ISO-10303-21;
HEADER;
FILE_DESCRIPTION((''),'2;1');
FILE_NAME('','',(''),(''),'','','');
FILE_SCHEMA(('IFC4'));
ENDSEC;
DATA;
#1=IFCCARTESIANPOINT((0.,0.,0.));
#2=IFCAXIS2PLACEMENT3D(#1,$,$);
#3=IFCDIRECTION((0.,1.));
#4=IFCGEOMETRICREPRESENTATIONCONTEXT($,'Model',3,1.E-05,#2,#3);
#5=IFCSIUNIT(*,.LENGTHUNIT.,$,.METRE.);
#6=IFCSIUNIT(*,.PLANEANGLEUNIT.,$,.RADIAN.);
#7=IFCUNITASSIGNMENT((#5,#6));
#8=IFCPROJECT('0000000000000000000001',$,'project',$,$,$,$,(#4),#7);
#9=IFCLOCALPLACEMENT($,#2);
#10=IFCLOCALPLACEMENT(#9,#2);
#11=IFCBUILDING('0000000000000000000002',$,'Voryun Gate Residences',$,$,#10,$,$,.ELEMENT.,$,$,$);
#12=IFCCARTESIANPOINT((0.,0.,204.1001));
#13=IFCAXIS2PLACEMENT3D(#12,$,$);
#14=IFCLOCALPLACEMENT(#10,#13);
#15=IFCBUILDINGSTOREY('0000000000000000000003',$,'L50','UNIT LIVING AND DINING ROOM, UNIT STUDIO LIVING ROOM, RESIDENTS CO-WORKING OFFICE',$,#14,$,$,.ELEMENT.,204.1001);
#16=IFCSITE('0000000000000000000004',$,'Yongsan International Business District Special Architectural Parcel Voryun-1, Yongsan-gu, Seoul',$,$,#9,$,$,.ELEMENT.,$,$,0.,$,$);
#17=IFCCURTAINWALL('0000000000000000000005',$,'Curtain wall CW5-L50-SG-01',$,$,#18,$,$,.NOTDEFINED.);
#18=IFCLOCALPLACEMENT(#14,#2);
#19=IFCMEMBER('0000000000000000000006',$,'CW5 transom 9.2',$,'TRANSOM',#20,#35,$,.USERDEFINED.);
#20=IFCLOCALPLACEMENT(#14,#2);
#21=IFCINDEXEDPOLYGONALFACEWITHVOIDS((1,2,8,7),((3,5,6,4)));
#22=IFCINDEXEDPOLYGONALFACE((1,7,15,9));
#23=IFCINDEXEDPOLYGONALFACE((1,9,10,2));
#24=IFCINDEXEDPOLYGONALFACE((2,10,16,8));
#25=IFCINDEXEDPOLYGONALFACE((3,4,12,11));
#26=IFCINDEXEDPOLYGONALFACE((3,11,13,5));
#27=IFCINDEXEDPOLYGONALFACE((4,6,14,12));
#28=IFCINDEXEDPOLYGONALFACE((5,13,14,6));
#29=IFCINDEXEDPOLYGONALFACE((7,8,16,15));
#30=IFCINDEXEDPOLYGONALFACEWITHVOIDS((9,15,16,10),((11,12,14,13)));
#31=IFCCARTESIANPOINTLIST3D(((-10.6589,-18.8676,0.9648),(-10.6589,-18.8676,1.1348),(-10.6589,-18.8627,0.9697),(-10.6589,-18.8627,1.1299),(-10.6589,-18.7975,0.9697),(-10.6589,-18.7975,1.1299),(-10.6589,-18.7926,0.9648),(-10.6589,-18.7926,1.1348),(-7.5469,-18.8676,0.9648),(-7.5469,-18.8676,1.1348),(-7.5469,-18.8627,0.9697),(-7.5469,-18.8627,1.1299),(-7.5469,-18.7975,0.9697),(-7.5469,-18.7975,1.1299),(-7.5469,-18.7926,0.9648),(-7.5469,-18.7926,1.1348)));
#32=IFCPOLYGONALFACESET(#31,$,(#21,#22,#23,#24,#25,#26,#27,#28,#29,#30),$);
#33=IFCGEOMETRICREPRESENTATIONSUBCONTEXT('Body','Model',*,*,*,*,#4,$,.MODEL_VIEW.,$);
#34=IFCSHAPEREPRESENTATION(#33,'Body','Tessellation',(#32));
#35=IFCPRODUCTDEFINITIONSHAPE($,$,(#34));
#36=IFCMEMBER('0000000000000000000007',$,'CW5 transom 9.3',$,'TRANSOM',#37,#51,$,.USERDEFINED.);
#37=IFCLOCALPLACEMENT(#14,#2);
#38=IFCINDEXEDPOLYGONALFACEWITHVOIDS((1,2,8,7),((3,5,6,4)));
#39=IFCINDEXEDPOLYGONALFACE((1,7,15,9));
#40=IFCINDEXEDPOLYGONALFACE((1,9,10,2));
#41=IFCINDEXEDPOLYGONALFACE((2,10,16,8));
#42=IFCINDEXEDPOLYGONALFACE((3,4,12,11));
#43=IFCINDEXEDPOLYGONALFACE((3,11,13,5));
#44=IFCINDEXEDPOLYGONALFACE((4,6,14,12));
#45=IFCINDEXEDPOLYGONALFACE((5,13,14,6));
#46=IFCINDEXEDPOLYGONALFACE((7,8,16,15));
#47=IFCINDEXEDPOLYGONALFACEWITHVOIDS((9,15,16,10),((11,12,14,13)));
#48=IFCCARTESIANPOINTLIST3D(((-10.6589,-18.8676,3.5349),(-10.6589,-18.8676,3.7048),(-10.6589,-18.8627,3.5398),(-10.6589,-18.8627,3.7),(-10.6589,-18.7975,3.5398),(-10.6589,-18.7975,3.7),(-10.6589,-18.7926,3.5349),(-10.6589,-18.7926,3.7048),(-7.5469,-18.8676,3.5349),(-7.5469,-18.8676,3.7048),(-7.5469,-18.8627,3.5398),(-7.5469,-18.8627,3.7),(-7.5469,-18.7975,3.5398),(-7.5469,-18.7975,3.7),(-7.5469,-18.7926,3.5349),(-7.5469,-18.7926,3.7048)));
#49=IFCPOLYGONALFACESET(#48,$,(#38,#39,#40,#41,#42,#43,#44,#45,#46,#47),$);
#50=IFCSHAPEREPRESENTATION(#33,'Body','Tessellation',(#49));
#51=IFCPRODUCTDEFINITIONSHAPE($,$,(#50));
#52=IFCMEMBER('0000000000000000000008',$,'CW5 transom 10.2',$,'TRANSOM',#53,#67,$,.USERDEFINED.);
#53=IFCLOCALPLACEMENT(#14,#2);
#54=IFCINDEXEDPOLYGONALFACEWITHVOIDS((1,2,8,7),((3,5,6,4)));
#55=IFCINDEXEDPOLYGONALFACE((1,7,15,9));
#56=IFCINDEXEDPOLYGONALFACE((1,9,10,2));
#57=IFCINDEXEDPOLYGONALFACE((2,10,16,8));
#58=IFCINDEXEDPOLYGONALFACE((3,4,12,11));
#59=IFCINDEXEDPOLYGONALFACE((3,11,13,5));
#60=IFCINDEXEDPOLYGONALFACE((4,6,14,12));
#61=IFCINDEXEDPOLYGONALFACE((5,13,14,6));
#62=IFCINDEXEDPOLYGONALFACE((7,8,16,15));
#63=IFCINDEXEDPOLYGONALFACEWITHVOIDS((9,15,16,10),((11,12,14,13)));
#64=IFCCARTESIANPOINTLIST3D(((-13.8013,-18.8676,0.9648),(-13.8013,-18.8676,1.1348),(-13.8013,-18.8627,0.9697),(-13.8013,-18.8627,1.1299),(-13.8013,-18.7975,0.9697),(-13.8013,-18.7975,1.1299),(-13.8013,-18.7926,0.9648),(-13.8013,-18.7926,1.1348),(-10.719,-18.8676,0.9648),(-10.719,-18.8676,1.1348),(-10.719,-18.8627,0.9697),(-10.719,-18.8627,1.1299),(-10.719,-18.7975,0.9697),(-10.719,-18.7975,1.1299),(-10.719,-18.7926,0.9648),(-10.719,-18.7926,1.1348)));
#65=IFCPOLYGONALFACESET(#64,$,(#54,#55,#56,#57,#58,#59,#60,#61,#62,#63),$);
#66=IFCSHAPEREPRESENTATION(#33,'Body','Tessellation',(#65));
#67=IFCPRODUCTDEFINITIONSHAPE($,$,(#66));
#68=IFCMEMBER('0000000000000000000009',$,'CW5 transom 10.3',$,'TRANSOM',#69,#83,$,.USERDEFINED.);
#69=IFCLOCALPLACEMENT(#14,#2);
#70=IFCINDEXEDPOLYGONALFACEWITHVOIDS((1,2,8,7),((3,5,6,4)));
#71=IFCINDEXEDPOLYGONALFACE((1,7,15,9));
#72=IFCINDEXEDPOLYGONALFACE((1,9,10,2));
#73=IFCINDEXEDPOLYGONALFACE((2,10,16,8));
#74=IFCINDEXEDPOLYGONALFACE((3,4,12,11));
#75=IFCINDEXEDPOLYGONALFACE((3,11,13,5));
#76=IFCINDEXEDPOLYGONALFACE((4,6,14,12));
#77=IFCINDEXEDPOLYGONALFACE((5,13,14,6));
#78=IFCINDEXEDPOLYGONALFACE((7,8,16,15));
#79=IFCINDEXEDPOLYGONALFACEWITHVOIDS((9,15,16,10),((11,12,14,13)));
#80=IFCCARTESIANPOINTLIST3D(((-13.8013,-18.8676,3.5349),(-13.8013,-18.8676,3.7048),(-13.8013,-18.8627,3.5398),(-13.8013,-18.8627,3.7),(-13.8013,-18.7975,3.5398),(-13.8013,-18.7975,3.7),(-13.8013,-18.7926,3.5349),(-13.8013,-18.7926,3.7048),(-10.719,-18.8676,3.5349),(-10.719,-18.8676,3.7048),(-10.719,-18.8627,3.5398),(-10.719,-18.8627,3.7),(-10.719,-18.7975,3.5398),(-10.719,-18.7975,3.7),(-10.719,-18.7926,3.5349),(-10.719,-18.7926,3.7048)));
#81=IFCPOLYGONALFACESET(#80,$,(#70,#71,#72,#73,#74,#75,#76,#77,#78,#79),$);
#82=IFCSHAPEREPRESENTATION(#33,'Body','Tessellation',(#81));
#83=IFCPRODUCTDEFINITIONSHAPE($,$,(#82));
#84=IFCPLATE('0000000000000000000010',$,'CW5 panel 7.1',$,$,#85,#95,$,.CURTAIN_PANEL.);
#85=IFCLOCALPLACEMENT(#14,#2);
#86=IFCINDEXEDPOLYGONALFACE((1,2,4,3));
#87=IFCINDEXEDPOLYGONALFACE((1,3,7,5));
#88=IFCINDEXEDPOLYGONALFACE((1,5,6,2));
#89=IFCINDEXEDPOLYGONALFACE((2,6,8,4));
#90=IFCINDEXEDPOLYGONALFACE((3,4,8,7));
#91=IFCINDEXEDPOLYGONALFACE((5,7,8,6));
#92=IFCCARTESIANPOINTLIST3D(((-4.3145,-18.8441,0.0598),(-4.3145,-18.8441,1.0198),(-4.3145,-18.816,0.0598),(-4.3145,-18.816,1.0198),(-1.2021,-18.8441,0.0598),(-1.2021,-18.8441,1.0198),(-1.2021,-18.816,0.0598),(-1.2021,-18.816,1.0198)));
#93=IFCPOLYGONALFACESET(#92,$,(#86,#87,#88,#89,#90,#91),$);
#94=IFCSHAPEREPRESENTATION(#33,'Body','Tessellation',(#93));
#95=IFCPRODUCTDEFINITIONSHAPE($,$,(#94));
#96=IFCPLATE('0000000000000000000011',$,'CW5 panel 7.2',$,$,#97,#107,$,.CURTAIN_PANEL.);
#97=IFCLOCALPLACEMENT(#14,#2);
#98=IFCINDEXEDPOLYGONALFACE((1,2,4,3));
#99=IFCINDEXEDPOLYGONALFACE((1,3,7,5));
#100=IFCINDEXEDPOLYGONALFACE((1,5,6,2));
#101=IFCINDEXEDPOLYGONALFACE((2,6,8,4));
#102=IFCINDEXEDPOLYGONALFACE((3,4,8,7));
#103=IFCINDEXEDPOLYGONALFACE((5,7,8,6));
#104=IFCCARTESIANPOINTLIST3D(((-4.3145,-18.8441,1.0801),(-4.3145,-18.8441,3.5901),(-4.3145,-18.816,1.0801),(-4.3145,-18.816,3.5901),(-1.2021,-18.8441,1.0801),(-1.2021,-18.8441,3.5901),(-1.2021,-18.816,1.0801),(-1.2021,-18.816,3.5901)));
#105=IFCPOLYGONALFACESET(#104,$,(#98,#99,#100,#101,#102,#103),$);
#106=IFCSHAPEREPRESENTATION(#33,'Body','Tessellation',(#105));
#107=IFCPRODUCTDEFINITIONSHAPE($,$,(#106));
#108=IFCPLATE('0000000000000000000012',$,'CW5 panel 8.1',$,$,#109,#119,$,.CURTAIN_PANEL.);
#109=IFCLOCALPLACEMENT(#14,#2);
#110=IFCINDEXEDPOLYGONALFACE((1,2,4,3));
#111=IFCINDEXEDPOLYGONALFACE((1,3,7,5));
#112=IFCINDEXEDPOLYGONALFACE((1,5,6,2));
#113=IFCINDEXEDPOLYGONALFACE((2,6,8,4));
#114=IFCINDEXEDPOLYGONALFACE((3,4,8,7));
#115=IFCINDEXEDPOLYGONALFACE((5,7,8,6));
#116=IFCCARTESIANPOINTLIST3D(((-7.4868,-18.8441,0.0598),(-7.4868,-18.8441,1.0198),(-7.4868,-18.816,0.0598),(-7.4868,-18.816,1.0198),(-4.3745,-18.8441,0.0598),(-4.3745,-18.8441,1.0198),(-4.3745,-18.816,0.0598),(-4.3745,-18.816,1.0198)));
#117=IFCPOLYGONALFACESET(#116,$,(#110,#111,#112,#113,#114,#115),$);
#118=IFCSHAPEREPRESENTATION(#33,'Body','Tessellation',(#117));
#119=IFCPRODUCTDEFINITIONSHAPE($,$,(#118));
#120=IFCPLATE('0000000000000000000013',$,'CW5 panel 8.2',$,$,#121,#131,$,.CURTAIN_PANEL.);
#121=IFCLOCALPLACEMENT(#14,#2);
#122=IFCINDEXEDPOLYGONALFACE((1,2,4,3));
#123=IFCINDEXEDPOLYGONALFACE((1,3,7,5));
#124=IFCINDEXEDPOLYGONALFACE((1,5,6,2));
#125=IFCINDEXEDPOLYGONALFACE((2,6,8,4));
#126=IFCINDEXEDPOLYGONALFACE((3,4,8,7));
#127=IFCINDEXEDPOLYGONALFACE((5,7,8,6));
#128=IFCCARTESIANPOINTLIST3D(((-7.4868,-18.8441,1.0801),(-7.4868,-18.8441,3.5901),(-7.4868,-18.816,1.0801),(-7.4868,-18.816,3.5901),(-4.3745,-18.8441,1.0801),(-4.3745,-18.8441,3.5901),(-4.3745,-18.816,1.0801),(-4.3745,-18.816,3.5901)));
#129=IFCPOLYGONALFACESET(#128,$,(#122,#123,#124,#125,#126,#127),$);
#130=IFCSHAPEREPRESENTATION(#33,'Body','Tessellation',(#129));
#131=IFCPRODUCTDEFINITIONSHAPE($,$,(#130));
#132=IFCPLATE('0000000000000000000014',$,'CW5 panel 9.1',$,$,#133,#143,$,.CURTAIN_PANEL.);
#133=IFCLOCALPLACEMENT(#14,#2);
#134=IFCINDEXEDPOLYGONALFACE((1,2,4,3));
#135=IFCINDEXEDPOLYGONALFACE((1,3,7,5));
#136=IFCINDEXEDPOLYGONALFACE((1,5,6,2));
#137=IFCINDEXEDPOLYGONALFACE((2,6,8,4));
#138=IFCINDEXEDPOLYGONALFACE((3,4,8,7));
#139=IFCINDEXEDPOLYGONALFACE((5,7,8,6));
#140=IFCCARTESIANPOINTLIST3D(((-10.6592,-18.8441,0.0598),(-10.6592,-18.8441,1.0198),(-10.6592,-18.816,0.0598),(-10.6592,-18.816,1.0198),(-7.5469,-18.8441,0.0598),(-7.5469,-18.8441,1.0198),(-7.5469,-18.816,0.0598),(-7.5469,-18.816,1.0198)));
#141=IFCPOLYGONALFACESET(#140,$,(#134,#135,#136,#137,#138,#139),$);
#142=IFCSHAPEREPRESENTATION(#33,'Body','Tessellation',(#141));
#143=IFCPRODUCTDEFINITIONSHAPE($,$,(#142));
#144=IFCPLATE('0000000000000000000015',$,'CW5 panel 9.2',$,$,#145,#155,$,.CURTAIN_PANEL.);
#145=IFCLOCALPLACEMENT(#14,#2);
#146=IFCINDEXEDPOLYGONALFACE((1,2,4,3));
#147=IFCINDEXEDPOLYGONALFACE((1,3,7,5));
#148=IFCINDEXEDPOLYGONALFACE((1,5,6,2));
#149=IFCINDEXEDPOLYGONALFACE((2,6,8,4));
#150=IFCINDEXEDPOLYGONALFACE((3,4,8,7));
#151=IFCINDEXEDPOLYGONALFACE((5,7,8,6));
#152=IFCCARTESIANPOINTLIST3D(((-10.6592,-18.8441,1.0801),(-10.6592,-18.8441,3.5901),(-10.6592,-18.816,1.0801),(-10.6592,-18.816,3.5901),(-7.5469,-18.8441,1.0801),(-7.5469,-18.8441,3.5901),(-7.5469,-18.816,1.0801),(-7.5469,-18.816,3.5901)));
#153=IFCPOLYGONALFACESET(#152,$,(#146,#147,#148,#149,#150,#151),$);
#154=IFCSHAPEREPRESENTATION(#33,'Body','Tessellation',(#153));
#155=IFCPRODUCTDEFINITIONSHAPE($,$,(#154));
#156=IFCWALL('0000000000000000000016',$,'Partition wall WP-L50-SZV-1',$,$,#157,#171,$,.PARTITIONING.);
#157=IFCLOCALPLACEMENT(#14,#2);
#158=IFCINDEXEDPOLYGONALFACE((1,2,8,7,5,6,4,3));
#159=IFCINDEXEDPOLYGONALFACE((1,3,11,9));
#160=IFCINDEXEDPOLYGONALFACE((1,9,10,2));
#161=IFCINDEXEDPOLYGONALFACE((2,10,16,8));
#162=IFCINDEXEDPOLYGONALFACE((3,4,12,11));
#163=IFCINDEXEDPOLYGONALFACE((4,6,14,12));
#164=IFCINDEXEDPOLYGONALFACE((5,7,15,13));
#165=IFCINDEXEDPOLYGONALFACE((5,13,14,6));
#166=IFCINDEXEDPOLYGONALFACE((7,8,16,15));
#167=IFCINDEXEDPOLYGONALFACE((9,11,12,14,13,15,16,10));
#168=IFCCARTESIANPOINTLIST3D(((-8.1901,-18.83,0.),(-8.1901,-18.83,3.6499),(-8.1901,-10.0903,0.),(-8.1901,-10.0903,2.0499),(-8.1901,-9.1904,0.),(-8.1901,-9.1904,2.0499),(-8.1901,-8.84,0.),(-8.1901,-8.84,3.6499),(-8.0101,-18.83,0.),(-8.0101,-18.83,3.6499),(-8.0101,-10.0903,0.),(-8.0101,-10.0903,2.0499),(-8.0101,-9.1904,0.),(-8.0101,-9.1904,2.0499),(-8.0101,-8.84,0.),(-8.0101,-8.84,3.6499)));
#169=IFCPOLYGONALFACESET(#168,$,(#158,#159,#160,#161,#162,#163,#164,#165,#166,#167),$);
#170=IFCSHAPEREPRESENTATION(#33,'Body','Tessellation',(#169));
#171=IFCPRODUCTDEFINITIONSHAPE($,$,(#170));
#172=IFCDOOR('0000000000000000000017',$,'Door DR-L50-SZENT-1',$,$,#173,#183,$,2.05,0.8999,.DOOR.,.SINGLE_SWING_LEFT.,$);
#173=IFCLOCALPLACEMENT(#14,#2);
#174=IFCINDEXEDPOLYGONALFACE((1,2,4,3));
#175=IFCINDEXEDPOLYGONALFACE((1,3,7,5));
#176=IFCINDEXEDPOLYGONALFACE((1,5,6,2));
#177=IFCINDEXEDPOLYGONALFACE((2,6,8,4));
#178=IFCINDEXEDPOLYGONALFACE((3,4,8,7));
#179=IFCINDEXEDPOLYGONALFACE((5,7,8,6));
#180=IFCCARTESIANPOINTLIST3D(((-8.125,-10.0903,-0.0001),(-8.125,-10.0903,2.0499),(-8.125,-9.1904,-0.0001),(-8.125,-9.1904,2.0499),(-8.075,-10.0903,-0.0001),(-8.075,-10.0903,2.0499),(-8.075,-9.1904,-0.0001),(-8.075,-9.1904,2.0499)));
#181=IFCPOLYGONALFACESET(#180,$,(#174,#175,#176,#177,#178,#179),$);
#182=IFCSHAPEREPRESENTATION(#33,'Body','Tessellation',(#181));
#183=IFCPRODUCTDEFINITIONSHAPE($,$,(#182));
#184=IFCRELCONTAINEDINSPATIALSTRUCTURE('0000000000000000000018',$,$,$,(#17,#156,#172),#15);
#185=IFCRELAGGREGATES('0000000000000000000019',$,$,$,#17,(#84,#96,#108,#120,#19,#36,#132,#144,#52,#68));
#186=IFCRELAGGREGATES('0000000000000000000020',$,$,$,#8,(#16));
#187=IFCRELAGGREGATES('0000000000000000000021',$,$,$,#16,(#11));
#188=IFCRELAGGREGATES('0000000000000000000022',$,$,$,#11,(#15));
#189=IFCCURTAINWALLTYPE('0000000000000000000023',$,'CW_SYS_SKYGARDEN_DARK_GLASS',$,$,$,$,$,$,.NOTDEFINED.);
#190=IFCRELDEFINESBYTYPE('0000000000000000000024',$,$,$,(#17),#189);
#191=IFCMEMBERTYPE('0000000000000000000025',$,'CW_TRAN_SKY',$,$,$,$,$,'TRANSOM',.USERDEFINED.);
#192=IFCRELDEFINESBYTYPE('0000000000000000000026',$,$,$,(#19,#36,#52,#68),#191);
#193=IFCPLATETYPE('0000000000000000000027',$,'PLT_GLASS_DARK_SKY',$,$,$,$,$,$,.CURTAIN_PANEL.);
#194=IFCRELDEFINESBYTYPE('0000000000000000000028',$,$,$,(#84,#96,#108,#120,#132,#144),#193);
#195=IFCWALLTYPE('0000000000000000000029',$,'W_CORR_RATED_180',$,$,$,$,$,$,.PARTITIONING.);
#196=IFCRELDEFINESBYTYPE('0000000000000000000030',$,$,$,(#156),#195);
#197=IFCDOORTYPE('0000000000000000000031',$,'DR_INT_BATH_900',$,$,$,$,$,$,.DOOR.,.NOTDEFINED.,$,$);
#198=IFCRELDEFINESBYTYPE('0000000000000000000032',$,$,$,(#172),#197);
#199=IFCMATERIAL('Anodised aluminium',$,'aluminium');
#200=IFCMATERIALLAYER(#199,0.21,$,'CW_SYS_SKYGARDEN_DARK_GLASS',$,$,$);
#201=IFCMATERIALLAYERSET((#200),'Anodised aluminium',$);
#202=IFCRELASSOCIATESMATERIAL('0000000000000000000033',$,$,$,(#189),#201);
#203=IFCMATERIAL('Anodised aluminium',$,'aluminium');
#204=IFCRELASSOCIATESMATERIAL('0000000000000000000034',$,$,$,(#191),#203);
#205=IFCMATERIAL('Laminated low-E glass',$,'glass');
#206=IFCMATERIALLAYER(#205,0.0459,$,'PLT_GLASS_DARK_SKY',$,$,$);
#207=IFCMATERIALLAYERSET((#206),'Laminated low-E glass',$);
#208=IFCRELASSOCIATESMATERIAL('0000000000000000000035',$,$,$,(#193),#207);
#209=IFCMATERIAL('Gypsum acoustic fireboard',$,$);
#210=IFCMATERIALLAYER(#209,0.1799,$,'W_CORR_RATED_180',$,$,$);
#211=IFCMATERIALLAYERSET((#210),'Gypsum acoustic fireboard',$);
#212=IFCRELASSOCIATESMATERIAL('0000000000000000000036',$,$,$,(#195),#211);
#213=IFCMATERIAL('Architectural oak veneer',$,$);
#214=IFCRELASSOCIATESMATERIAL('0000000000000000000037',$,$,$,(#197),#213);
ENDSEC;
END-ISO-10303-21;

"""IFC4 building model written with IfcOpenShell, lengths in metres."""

from ifc_helpers import new_model, si_unit, direction, frame, frame_2d, origin, origin_2d, place, context, subcontext, project, spatial, rectangle, hollow_rectangle, extrude, material, layer, layer_set, material_profile, profile_set, type_object, element, fill, aggregate, save


model = new_model("IFC4")

# Units and contexts
model_context = context("Model", 3, precision=1e-05, world=origin(), true_north=direction((0.0, 1.0)))
body_context = subcontext(model_context, "Body", "Model", "MODEL_VIEW")
ifc_project = project(units=[si_unit("LENGTHUNIT", "METRE"), si_unit("PLANEANGLEUNIT", "RADIAN")], contexts=[model_context])

# Site, building, storey
site_placement = place(None, origin())
site = spatial("IfcSite", under=ifc_project, at=site_placement, Name="Yongsan International Business District Special Architectural Parcel Voryun-1, Yongsan-gu, Seoul", CompositionType="ELEMENT", RefElevation=0.0)
building_placement = place(site_placement, origin())
building = spatial("IfcBuilding", under=site, at=building_placement, Name="Voryun Gate Residences", CompositionType="ELEMENT")
storey_placement = place(building_placement, frame((0.0, 0.0, 204.1001)))
storey = spatial("IfcBuildingStorey", under=building, at=storey_placement, Name="L50", Description="UNIT LIVING AND DINING ROOM, UNIT STUDIO LIVING ROOM, RESIDENTS CO-WORKING OFFICE", CompositionType="ELEMENT", Elevation=204.1001)

# Curtain wall, members, plates
ifc_material_1 = material(Name="Anodised aluminium", Category="aluminium")
ifc_layer_1 = layer(ifc_material_1, 0.21, Name="CW_SYS_SKYGARDEN_DARK_GLASS")
ifc_layer_set_1 = layer_set([ifc_layer_1], Name="Anodised aluminium")
curtain_wall_type = type_object("IfcCurtainWallType", Name="CW_SYS_SKYGARDEN_DARK_GLASS", PredefinedType="NOTDEFINED", material=ifc_layer_set_1)
curtain_wall_placement = place(storey_placement, origin())
curtain_wall = element("IfcCurtainWall", 1, at=curtain_wall_placement, inside=storey, type_object=curtain_wall_type, Name="Curtain wall CW5-L50-SG-01", PredefinedType="NOTDEFINED")
ifc_material_2 = material(Name="Anodised aluminium", Category="aluminium")
ifc_material_profile_1 = material_profile(ifc_material_2, hollow_rectangle(XDim=0.075, YDim=0.1699, WallThickness=0.0049, at=origin_2d()), Name="ALU-TRAN-170x75x5")
ifc_profile_set_1 = profile_set([ifc_material_profile_1], Name="Anodised aluminium")
member_type_1 = type_object("IfcMemberType", Name="CW_TRAN_SKY", ElementType="TRANSOM", PredefinedType="USERDEFINED", material=ifc_profile_set_1)
member_1_placement = place(storey_placement, frame((-7.5469, -18.8301, 1.0498), z_axis=(-1.0, 0.0, 0.0), x_axis=(0.0, -1.0, 0.0)))
member_1 = element("IfcMember", 2, at=member_1_placement, type_object=member_type_1, Name="CW5 transom 9.2", ObjectType="TRANSOM", PredefinedType="USERDEFINED", context=body_context, shape_type="SweptSolid", body=[
    extrude(hollow_rectangle(XDim=0.075, YDim=0.1699, WallThickness=0.0049, at=origin_2d()), origin(), (0.0, 0.0, 1.0), 3.1121),
])
member_2_placement = place(storey_placement, frame((-7.5469, -18.8301, 3.6199), z_axis=(-1.0, 0.0, 0.0), x_axis=(0.0, -1.0, 0.0)))
member_2 = element("IfcMember", 3, at=member_2_placement, type_object=member_type_1, Name="CW5 transom 9.3", ObjectType="TRANSOM", PredefinedType="USERDEFINED", context=body_context, shape_type="SweptSolid", body=[
    extrude(hollow_rectangle(XDim=0.075, YDim=0.1699, WallThickness=0.0049, at=origin_2d()), origin(), (0.0, 0.0, 1.0), 3.1121),
])
member_3_placement = place(storey_placement, frame((-10.719, -18.8301, 1.0498), z_axis=(-1.0, 0.0, 0.0), x_axis=(0.0, -1.0, 0.0)))
member_3 = element("IfcMember", 4, at=member_3_placement, type_object=member_type_1, Name="CW5 transom 10.2", ObjectType="TRANSOM", PredefinedType="USERDEFINED", context=body_context, shape_type="SweptSolid", body=[
    extrude(hollow_rectangle(XDim=0.075, YDim=0.1699, WallThickness=0.0049, at=origin_2d()), origin(), (0.0, 0.0, 1.0), 3.0823),
])
member_4_placement = place(storey_placement, frame((-10.719, -18.8301, 3.6199), z_axis=(-1.0, 0.0, 0.0), x_axis=(0.0, -1.0, 0.0)))
member_4 = element("IfcMember", 5, at=member_4_placement, type_object=member_type_1, Name="CW5 transom 10.3", ObjectType="TRANSOM", PredefinedType="USERDEFINED", context=body_context, shape_type="SweptSolid", body=[
    extrude(hollow_rectangle(XDim=0.075, YDim=0.1699, WallThickness=0.0049, at=origin_2d()), origin(), (0.0, 0.0, 1.0), 3.0823),
])
ifc_material_3 = material(Name="Laminated low-E glass", Category="glass")
ifc_layer_2 = layer(ifc_material_3, 0.0459, Name="PLT_GLASS_DARK_SKY")
ifc_layer_set_2 = layer_set([ifc_layer_2], Name="Laminated low-E glass")
plate_type = type_object("IfcPlateType", Name="PLT_GLASS_DARK_SKY", PredefinedType="CURTAIN_PANEL", material=ifc_layer_set_2)
plate_1_placement = place(storey_placement, frame((-2.7583, -18.8301, 0.0598), z_axis=(0.0, 0.0, 1.0), x_axis=(-1.0, 0.0, 0.0)))
plate_1 = element("IfcPlate", 6, at=plate_1_placement, type_object=plate_type, Name="CW5 panel 7.1", PredefinedType="CURTAIN_PANEL", context=body_context, shape_type="SweptSolid", body=[
    extrude(rectangle(XDim=3.1123, YDim=0.0281, at=origin_2d()), origin(), (0.0, 0.0, 1.0), 0.96),
])
plate_2_placement = place(storey_placement, frame((-2.7583, -18.8301, 1.0801), z_axis=(0.0, 0.0, 1.0), x_axis=(-1.0, 0.0, 0.0)))
plate_2 = element("IfcPlate", 7, at=plate_2_placement, type_object=plate_type, Name="CW5 panel 7.2", PredefinedType="CURTAIN_PANEL", context=body_context, shape_type="SweptSolid", body=[
    extrude(rectangle(XDim=3.1123, YDim=0.0281, at=origin_2d()), origin(), (0.0, 0.0, 1.0), 2.51),
])
plate_3_placement = place(storey_placement, frame((-5.9307, -18.8301, 0.0598), z_axis=(0.0, 0.0, 1.0), x_axis=(-1.0, 0.0, 0.0)))
plate_3 = element("IfcPlate", 8, at=plate_3_placement, type_object=plate_type, Name="CW5 panel 8.1", PredefinedType="CURTAIN_PANEL", context=body_context, shape_type="SweptSolid", body=[
    extrude(rectangle(XDim=3.1123, YDim=0.0281, at=origin_2d()), origin(), (0.0, 0.0, 1.0), 0.96),
])
plate_4_placement = place(storey_placement, frame((-5.9307, -18.8301, 1.0801), z_axis=(0.0, 0.0, 1.0), x_axis=(-1.0, 0.0, 0.0)))
plate_4 = element("IfcPlate", 9, at=plate_4_placement, type_object=plate_type, Name="CW5 panel 8.2", PredefinedType="CURTAIN_PANEL", context=body_context, shape_type="SweptSolid", body=[
    extrude(rectangle(XDim=3.1123, YDim=0.0281, at=origin_2d()), origin(), (0.0, 0.0, 1.0), 2.51),
])
plate_5_placement = place(storey_placement, frame((-9.103, -18.8301, 0.0598), z_axis=(0.0, 0.0, 1.0), x_axis=(-1.0, 0.0, 0.0)))
plate_5 = element("IfcPlate", 10, at=plate_5_placement, type_object=plate_type, Name="CW5 panel 9.1", PredefinedType="CURTAIN_PANEL", context=body_context, shape_type="SweptSolid", body=[
    extrude(rectangle(XDim=3.1123, YDim=0.0281, at=origin_2d()), origin(), (0.0, 0.0, 1.0), 0.96),
])
plate_6_placement = place(storey_placement, frame((-9.103, -18.8301, 1.0801), z_axis=(0.0, 0.0, 1.0), x_axis=(-1.0, 0.0, 0.0)))
plate_6 = element("IfcPlate", 11, at=plate_6_placement, type_object=plate_type, Name="CW5 panel 9.2", PredefinedType="CURTAIN_PANEL", context=body_context, shape_type="SweptSolid", body=[
    extrude(rectangle(XDim=3.1123, YDim=0.0281, at=origin_2d()), origin(), (0.0, 0.0, 1.0), 2.51),
])
aggregate(curtain_wall, [plate_1, plate_2, plate_3, plate_4, member_1, member_2, plate_5, plate_6, member_3, member_4])

# Wall, opening, door
ifc_material_4 = material(Name="Gypsum acoustic fireboard")
ifc_layer_3 = layer(ifc_material_4, 0.1799, Name="W_CORR_RATED_180")
ifc_layer_set_3 = layer_set([ifc_layer_3], Name="Gypsum acoustic fireboard")
wall_type_1 = type_object("IfcWallType", Name="W_CORR_RATED_180", PredefinedType="PARTITIONING", material=ifc_layer_set_3)
wall_1_placement = place(storey_placement, frame((-8.1001, -18.8301, 0.0), z_axis=(0.0, 0.0, 1.0), x_axis=(0.0, 1.0, 0.0)))
wall_1 = element("IfcWall", 12, at=wall_1_placement, inside=storey, type_object=wall_type_1, Name="Partition wall WP-L50-SZV-1", PredefinedType="PARTITIONING", context=body_context, shape_type="SweptSolid", body=[
    extrude(rectangle(XDim=9.99, YDim=0.1799, at=frame_2d((4.9951, 0.0))), origin(), (0.0, 0.0, 1.0), 3.6499),
])
opening_placement = place(wall_1_placement, frame((8.7397, 0.0, 0.0)))
opening = element("IfcOpeningElement", 13, at=opening_placement, cuts=wall_1, PredefinedType="OPENING", context=body_context, shape_type="SweptSolid", body=[
    extrude(rectangle(XDim=0.8999, YDim=2.05, at=frame_2d((0.45, 1.0249))), frame((0.0, 0.0999, 0.0), z_axis=(0.0, -1.0, 0.0), x_axis=(1.0, 0.0, 0.0)), (0.0, 0.0, 1.0), 0.2),
])
ifc_material_5 = material(Name="Architectural oak veneer")
door_type = type_object("IfcDoorType", Name="DR_INT_BATH_900", OperationType="NOTDEFINED", PredefinedType="DOOR", material=ifc_material_5)
door_placement = place(opening_placement, origin())
door = element("IfcDoor", 14, at=door_placement, inside=storey, type_object=door_type, Name="Door DR-L50-SZENT-1", OperationType="SINGLE_SWING_LEFT", OverallHeight=2.05, OverallWidth=0.8999, PredefinedType="DOOR", context=body_context, shape_type="SweptSolid", body=[
    extrude(rectangle(XDim=0.8999, YDim=2.05, at=frame_2d((0.45, 1.0249))), frame((0.0, 0.0249, 0.0), z_axis=(0.0, -1.0, 0.0), x_axis=(1.0, 0.0, 0.0)), (0.0, 0.0, 1.0), 0.05),
])
fill(opening, door)

save(model, "model.ifc")
